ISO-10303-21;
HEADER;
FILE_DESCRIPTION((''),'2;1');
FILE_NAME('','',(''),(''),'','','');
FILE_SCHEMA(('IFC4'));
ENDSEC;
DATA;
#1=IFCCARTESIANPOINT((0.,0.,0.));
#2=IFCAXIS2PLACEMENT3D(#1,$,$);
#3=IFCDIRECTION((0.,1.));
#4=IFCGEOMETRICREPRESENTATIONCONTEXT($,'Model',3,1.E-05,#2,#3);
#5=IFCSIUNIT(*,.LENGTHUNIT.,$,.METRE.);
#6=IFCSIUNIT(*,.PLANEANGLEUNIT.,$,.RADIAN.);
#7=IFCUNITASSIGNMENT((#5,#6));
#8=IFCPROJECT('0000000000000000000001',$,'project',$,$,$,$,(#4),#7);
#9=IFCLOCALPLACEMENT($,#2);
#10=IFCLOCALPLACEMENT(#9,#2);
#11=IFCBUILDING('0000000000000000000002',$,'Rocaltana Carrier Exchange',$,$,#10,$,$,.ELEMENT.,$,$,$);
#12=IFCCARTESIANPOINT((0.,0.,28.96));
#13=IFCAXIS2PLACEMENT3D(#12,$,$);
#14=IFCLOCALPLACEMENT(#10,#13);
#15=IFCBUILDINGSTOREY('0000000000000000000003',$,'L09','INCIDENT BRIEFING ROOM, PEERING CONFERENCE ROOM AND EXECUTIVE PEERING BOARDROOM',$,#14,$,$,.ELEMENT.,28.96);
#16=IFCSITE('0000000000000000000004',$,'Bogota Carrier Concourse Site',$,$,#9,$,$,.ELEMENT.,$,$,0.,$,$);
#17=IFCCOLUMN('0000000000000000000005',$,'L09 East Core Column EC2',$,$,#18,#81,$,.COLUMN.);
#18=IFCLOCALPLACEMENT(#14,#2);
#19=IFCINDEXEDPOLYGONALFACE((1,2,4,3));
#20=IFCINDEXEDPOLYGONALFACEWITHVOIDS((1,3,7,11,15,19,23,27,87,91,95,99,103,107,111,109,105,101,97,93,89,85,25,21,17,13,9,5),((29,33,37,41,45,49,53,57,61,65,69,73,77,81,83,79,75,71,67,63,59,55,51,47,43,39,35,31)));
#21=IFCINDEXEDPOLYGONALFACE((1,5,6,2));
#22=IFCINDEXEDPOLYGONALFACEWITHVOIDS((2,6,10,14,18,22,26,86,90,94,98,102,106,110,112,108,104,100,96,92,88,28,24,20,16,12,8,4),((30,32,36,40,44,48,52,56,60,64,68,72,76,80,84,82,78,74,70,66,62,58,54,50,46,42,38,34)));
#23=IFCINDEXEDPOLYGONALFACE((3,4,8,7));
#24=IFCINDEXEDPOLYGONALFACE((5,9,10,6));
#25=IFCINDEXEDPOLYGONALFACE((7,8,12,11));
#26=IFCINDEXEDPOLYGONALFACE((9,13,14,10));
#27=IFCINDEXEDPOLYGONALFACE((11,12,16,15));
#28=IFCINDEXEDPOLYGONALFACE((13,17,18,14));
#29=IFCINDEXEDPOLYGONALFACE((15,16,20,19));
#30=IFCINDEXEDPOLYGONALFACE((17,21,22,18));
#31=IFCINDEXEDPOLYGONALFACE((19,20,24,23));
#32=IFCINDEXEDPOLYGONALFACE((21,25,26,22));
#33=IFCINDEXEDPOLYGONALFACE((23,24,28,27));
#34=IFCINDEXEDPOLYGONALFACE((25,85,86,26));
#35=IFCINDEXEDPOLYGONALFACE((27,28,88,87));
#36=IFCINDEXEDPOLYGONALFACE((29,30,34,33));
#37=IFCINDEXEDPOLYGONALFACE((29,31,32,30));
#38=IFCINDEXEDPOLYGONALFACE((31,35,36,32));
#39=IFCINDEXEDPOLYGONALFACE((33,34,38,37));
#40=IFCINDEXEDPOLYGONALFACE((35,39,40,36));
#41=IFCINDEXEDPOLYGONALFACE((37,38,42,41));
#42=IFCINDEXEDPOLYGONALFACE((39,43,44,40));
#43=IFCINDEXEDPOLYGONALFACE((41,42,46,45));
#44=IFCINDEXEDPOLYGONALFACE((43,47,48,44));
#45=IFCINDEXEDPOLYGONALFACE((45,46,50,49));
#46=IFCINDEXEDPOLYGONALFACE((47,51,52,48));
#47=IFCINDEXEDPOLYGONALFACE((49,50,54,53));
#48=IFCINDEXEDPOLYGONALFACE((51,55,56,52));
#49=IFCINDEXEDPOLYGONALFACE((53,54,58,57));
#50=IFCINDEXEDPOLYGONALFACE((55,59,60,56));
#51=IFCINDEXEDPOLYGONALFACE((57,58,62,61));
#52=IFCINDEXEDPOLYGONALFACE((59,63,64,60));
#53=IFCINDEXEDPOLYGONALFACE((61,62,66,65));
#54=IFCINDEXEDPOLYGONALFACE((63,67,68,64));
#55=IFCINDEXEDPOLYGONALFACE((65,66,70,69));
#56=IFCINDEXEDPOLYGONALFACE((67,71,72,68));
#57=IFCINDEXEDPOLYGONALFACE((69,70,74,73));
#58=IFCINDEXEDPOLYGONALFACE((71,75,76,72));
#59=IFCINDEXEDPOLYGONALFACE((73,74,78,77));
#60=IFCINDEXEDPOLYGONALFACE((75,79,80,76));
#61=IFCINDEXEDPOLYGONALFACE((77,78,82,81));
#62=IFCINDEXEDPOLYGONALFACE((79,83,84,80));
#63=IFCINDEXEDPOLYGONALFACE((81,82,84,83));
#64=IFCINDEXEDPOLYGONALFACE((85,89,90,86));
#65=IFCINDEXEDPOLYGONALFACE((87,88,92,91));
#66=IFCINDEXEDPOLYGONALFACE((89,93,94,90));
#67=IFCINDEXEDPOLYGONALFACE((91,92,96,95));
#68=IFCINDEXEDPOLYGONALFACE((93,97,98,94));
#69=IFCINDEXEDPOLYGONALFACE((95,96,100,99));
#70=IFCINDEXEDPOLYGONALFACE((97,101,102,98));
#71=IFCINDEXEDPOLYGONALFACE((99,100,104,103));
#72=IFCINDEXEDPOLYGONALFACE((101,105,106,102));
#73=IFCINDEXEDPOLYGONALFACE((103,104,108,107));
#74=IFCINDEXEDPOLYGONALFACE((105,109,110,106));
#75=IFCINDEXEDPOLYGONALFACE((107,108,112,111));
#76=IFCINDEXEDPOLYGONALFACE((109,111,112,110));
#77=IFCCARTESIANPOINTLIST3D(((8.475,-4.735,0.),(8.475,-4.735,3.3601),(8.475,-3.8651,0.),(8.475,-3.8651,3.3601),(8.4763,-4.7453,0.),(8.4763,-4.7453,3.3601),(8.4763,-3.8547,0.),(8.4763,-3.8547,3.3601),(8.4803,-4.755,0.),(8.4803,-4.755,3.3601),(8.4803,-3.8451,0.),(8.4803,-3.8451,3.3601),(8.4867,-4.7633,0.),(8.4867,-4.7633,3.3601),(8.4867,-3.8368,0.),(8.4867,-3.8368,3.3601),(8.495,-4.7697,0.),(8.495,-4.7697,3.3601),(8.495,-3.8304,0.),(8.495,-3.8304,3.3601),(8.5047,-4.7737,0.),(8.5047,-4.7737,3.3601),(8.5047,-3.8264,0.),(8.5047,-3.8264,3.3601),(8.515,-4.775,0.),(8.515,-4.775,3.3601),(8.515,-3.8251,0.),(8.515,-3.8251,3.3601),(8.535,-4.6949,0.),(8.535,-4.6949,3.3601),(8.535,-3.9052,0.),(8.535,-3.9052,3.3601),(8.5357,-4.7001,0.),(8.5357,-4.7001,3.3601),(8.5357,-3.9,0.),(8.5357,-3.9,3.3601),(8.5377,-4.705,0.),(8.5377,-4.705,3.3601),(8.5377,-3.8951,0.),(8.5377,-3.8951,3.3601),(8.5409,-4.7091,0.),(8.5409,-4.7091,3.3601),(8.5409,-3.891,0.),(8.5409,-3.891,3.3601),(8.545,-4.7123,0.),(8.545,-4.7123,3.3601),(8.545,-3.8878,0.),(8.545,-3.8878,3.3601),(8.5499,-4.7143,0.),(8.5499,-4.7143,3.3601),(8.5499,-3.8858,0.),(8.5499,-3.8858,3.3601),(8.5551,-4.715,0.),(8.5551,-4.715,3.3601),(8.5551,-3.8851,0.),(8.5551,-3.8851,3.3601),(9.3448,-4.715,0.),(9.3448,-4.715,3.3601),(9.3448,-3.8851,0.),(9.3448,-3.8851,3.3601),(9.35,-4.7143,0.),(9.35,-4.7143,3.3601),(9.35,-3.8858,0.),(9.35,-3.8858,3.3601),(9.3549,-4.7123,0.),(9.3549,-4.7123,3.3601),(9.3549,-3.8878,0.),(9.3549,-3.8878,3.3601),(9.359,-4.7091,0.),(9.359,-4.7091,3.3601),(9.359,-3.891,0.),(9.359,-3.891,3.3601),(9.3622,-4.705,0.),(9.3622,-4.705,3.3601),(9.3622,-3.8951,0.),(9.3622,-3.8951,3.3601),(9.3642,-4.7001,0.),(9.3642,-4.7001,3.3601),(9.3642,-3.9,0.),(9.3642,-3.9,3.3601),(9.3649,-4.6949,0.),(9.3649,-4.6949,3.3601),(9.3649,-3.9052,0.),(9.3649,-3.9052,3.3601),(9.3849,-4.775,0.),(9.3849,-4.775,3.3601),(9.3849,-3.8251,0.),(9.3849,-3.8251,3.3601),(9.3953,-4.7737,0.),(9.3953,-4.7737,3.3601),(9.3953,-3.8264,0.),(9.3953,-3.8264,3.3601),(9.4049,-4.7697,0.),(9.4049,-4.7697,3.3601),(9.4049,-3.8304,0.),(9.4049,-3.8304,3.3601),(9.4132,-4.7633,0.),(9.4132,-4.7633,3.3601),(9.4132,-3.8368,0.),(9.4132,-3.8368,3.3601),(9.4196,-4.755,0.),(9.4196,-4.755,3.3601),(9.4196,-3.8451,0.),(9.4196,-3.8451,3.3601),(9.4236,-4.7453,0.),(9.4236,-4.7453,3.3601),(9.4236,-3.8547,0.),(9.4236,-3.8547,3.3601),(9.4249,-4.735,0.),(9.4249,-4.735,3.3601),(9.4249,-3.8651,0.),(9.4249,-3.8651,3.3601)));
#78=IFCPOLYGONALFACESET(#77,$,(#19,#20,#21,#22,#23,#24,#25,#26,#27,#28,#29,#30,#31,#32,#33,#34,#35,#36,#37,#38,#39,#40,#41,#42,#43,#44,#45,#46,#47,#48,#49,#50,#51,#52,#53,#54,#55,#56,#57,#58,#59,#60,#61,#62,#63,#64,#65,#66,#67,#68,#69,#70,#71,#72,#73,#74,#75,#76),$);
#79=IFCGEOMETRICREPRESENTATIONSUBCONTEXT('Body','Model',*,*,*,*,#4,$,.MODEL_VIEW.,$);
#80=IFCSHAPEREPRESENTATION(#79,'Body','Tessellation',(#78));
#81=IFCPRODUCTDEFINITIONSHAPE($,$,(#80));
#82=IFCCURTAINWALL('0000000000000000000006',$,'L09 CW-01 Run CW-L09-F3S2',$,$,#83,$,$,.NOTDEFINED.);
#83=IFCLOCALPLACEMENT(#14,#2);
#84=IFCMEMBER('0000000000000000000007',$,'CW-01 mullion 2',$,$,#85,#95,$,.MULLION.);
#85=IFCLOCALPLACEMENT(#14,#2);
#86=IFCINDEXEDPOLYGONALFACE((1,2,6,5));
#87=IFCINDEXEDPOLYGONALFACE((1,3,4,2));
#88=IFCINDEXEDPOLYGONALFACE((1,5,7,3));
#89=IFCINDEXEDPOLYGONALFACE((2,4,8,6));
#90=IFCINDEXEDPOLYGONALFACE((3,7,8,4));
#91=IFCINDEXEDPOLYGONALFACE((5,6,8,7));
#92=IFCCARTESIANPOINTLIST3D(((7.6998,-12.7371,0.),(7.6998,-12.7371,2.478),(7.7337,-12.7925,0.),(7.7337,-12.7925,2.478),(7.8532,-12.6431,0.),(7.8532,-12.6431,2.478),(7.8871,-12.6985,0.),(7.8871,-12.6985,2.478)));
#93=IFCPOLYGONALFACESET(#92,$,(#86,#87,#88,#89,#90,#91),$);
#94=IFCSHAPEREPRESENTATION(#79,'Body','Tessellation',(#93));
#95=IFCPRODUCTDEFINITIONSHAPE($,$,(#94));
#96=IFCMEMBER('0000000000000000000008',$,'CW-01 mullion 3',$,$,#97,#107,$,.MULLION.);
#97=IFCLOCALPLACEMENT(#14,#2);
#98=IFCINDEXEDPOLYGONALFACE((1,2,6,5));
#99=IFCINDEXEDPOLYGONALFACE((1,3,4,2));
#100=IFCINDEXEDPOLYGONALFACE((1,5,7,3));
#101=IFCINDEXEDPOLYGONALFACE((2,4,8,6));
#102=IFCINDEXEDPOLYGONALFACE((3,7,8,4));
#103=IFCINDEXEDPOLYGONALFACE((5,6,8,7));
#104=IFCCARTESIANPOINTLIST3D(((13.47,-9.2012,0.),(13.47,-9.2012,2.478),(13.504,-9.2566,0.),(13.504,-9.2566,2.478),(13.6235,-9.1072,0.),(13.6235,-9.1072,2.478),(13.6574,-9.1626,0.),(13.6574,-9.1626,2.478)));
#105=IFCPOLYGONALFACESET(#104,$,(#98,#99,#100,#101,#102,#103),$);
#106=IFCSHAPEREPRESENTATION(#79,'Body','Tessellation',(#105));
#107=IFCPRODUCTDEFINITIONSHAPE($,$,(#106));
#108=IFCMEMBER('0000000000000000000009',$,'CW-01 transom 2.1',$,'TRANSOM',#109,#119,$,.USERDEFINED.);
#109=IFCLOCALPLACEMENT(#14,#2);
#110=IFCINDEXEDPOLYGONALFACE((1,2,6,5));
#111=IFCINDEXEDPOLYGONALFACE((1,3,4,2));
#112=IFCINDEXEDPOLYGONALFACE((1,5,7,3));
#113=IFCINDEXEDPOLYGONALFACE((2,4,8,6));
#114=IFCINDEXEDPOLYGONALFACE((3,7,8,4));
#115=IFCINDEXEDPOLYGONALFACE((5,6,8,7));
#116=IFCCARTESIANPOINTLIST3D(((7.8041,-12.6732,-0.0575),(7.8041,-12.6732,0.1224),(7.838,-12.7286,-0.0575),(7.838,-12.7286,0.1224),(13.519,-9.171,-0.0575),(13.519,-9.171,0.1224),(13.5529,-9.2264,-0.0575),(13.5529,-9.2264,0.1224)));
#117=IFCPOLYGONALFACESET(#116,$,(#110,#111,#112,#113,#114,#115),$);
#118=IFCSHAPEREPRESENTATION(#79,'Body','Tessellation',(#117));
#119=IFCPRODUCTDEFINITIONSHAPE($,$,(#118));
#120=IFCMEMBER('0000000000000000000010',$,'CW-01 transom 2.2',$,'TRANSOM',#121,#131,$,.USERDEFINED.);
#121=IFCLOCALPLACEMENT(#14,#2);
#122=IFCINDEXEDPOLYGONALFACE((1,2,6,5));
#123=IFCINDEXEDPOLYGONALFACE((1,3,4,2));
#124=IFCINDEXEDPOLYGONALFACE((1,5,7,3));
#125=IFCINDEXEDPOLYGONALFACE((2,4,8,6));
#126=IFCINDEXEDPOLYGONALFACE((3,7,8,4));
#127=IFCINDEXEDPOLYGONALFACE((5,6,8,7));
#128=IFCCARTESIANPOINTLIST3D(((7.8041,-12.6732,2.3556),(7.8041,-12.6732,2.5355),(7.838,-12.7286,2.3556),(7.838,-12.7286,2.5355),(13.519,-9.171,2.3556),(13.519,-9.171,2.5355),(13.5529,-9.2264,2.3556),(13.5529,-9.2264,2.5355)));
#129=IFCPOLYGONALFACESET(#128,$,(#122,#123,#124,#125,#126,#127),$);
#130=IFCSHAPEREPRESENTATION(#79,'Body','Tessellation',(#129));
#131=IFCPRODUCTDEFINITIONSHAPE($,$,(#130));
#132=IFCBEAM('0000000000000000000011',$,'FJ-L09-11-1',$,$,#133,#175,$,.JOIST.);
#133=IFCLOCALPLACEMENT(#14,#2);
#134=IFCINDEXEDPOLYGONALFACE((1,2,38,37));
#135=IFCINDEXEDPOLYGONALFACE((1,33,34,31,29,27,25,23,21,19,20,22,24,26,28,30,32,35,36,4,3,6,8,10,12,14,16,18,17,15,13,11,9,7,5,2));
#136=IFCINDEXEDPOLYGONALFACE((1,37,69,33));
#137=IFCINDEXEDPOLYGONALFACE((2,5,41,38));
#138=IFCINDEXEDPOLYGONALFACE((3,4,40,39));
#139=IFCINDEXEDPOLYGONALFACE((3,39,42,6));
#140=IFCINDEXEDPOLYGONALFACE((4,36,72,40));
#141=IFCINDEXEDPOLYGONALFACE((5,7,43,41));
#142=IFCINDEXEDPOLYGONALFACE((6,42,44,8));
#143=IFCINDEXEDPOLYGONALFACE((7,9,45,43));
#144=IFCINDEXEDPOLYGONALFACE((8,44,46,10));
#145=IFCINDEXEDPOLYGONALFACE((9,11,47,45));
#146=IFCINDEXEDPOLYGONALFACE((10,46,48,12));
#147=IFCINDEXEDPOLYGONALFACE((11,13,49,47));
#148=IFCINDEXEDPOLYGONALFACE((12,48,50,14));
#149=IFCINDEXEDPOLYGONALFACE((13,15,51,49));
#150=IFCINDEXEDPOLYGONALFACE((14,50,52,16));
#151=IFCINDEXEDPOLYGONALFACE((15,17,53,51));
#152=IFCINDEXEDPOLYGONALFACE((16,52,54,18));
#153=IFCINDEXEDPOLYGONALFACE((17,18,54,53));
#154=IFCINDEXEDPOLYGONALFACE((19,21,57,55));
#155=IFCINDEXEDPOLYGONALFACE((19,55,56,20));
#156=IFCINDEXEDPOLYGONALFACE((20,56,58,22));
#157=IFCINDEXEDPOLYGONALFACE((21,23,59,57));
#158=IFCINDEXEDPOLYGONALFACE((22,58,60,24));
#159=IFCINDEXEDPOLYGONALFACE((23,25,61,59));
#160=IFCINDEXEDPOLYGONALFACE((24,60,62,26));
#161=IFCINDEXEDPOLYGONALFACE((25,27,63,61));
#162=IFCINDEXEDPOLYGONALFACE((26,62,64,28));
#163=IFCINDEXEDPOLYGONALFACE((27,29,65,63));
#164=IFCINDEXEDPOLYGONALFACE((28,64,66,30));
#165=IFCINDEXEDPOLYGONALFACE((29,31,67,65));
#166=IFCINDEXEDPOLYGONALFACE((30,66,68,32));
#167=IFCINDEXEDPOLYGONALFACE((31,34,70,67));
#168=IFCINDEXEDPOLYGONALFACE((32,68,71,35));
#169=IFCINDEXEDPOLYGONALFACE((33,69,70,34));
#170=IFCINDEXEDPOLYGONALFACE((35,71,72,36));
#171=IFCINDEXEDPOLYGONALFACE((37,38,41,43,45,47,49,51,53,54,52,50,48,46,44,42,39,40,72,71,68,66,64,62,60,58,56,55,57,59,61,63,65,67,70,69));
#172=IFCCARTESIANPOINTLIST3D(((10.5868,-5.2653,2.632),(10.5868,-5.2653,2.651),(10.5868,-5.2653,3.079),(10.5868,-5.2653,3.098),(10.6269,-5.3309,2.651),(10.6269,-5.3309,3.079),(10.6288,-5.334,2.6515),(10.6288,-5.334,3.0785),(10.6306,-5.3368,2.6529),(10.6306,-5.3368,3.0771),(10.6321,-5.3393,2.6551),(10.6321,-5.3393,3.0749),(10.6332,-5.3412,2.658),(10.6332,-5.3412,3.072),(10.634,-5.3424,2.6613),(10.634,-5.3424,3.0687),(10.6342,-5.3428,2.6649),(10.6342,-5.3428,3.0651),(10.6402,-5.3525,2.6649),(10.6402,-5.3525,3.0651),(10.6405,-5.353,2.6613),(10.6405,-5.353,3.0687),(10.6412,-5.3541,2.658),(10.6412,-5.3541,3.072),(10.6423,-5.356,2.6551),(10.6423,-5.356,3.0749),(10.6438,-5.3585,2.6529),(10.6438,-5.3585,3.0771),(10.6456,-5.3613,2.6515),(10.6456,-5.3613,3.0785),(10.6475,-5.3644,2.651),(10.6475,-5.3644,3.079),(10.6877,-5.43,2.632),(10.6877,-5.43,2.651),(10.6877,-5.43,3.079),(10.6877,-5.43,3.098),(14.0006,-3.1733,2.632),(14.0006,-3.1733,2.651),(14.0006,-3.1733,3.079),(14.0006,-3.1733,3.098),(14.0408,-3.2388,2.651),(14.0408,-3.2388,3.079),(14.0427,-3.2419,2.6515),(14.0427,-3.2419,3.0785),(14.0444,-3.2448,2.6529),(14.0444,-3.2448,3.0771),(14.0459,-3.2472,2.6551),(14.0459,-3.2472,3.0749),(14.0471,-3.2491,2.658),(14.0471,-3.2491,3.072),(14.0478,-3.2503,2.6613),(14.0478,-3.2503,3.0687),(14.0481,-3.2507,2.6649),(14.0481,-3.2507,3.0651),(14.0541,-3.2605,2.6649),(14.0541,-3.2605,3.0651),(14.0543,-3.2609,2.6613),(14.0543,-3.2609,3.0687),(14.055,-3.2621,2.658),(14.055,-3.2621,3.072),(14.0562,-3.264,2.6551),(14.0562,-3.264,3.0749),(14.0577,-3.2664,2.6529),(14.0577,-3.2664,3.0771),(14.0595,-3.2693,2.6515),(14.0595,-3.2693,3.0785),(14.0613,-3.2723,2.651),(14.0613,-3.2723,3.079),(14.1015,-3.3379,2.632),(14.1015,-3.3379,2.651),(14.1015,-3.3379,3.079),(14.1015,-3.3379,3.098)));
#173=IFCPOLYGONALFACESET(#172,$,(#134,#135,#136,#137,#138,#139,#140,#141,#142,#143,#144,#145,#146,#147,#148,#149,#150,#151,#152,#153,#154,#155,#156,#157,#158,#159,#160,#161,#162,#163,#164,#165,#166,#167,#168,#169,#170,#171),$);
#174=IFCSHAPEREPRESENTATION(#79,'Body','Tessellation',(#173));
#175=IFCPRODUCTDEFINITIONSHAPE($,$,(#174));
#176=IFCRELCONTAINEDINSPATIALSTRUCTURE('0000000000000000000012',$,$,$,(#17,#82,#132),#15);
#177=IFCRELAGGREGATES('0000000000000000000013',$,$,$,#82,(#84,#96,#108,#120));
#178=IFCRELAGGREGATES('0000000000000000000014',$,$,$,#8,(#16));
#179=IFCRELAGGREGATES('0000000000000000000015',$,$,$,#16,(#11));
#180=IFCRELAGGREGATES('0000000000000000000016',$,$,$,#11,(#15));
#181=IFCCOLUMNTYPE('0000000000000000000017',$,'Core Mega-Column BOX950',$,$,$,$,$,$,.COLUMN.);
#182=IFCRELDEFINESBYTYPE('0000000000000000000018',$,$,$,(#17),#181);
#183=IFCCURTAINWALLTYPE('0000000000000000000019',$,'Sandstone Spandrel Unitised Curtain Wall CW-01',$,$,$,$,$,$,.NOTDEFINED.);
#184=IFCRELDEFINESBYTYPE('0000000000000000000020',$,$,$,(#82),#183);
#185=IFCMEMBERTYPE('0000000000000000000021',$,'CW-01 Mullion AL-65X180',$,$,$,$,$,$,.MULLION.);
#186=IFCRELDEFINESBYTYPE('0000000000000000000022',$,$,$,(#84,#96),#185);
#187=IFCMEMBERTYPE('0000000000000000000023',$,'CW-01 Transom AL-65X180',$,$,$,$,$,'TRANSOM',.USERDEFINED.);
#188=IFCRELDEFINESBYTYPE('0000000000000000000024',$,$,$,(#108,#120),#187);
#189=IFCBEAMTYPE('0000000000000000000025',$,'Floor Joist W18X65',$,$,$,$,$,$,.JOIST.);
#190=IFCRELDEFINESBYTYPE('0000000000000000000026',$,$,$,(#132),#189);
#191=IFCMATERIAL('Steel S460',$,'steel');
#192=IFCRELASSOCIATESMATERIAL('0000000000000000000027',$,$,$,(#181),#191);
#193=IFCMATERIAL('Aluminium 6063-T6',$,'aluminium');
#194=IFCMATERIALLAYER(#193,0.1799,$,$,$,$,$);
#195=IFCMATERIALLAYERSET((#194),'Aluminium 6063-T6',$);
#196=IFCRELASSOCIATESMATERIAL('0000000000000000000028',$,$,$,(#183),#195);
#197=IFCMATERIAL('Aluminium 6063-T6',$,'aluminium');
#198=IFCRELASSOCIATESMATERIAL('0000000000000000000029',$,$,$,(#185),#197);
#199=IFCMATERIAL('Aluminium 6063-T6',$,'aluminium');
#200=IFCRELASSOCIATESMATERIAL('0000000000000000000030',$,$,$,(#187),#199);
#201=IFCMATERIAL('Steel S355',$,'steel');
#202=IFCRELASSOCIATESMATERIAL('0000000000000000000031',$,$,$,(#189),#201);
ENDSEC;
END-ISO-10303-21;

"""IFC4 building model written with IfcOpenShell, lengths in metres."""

from ifc_helpers import new_model, si_unit, direction, frame, origin, origin_2d, place, context, subcontext, project, spatial, rectangle, hollow_rectangle, i_section, extrude, material, layer, layer_set, material_profile, profile_set, type_object, element, aggregate, save


model = new_model("IFC4")

# Units and contexts
model_context = context("Model", 3, precision=1e-05, world=origin(), true_north=direction((0.0, 1.0)))
body_context = subcontext(model_context, "Body", "Model", "MODEL_VIEW")
ifc_project = project(units=[si_unit("LENGTHUNIT", "METRE"), si_unit("PLANEANGLEUNIT", "RADIAN")], contexts=[model_context])

# Site, building, storey
site_placement = place(None, origin())
site = spatial("IfcSite", under=ifc_project, at=site_placement, Name="Bogota Carrier Concourse Site", CompositionType="ELEMENT", RefElevation=0.0)
building_placement = place(site_placement, origin())
building = spatial("IfcBuilding", under=site, at=building_placement, Name="Rocaltana Carrier Exchange", CompositionType="ELEMENT")
storey_placement = place(building_placement, frame((0.0, 0.0, 28.96)))
storey = spatial("IfcBuildingStorey", under=building, at=storey_placement, Name="L09", Description="INCIDENT BRIEFING ROOM, PEERING CONFERENCE ROOM AND EXECUTIVE PEERING BOARDROOM", CompositionType="ELEMENT", Elevation=28.96)

# Column
ifc_material_1 = material(Name="Steel S460", Category="steel")
ifc_material_profile_1 = material_profile(ifc_material_1, hollow_rectangle(XDim=0.95, YDim=0.95, WallThickness=0.0601, InnerFilletRadius=0.02, OuterFilletRadius=0.04, at=origin_2d()), Name="BOX950X950X60")
ifc_profile_set_1 = profile_set([ifc_material_profile_1], Name="Steel S460")
column_type = type_object("IfcColumnType", Name="Core Mega-Column BOX950", PredefinedType="COLUMN", material=ifc_profile_set_1)
column_placement = place(storey_placement, frame((8.95, -4.3, 0.0), z_axis=(0.0, 0.0, 1.0), x_axis=(1.0, 0.0, 0.0)))
element("IfcColumn", 1, at=column_placement, inside=storey, type_object=column_type, Name="L09 East Core Column EC2", PredefinedType="COLUMN", context=body_context, shape_type="SweptSolid", body=[
    extrude(hollow_rectangle(XDim=0.95, YDim=0.95, WallThickness=0.0601, InnerFilletRadius=0.02, OuterFilletRadius=0.04, at=origin_2d()), origin(), (0.0, 0.0, 1.0), 3.3601),
])

# Curtain wall, members
ifc_material_2 = material(Name="Aluminium 6063-T6", Category="aluminium")
ifc_layer_1 = layer(ifc_material_2, 0.1799)
ifc_layer_set_1 = layer_set([ifc_layer_1], Name="Aluminium 6063-T6")
curtain_wall_type = type_object("IfcCurtainWallType", Name="Sandstone Spandrel Unitised Curtain Wall CW-01", PredefinedType="NOTDEFINED", material=ifc_layer_set_1)
curtain_wall_placement = place(storey_placement, origin())
curtain_wall = element("IfcCurtainWall", 2, at=curtain_wall_placement, inside=storey, type_object=curtain_wall_type, Name="L09 CW-01 Run CW-L09-F3S2", PredefinedType="NOTDEFINED")
ifc_material_3 = material(Name="Aluminium 6063-T6", Category="aluminium")
ifc_material_profile_2 = material_profile(ifc_material_3, rectangle(XDim=0.0649, YDim=0.1799, at=origin_2d()), Name="AL-65X180")
ifc_profile_set_2 = profile_set([ifc_material_profile_2], Name="Aluminium 6063-T6")
member_type_1 = type_object("IfcMemberType", Name="CW-01 Mullion AL-65X180", PredefinedType="MULLION", material=ifc_profile_set_2)
member_1_placement = place(storey_placement, frame((7.7935, -12.7178, 0.0), z_axis=(0.0, 0.0, 1.0), x_axis=(-0.5225, 0.852639, 0.0)))
member_1 = element("IfcMember", 3, at=member_1_placement, type_object=member_type_1, Name="CW-01 mullion 2", PredefinedType="MULLION", context=body_context, shape_type="SweptSolid", body=[
    extrude(rectangle(XDim=0.0649, YDim=0.1799, at=origin_2d()), origin(), (0.0, 0.0, 1.0), 2.478),
])
member_2_placement = place(storey_placement, frame((13.5637, -9.1819, 0.0), z_axis=(0.0, 0.0, 1.0), x_axis=(-0.5225, 0.852639, 0.0)))
member_2 = element("IfcMember", 4, at=member_2_placement, type_object=member_type_1, Name="CW-01 mullion 3", PredefinedType="MULLION", context=body_context, shape_type="SweptSolid", body=[
    extrude(rectangle(XDim=0.0649, YDim=0.1799, at=origin_2d()), origin(), (0.0, 0.0, 1.0), 2.478),
])
ifc_material_4 = material(Name="Aluminium 6063-T6", Category="aluminium")
ifc_material_profile_3 = material_profile(ifc_material_4, rectangle(XDim=0.0649, YDim=0.1799, at=origin_2d()), Name="AL-65X180")
ifc_profile_set_3 = profile_set([ifc_material_profile_3], Name="Aluminium 6063-T6")
member_type_2 = type_object("IfcMemberType", Name="CW-01 Transom AL-65X180", ElementType="TRANSOM", PredefinedType="USERDEFINED", material=ifc_profile_set_3)
member_3_placement = place(storey_placement, frame((7.821, -12.7009, 0.0325), z_axis=(0.852631, 0.522513, 0.0), x_axis=(-0.522513, 0.852631, 0.0)))
member_3 = element("IfcMember", 5, at=member_3_placement, type_object=member_type_2, Name="CW-01 transom 2.1", ObjectType="TRANSOM", PredefinedType="USERDEFINED", context=body_context, shape_type="SweptSolid", body=[
    extrude(rectangle(XDim=0.0649, YDim=0.1799, at=origin_2d()), origin(), (0.0, 0.0, 1.0), 6.7026),
])
member_4_placement = place(storey_placement, frame((7.821, -12.7009, 2.4456), z_axis=(0.852631, 0.522513, 0.0), x_axis=(-0.522513, 0.852631, 0.0)))
member_4 = element("IfcMember", 6, at=member_4_placement, type_object=member_type_2, Name="CW-01 transom 2.2", ObjectType="TRANSOM", PredefinedType="USERDEFINED", context=body_context, shape_type="SweptSolid", body=[
    extrude(rectangle(XDim=0.0649, YDim=0.1799, at=origin_2d()), origin(), (0.0, 0.0, 1.0), 6.7026),
])

# Beam
ifc_material_5 = material(Name="Steel S355", Category="steel")
ifc_material_profile_4 = material_profile(ifc_material_5, i_section(OverallWidth=0.1931, OverallDepth=0.4661, WebThickness=0.0115, FlangeThickness=0.019, FilletRadius=0.0139, at=origin_2d()), Name="W18X65")
ifc_profile_set_4 = profile_set([ifc_material_profile_4], Name="Steel S355")
beam_type_1 = type_object("IfcBeamType", Name="Floor Joist W18X65", PredefinedType="JOIST", material=ifc_profile_set_4)
beam_1_placement = place(storey_placement, frame((10.6372, -5.3477, 2.865), z_axis=(0.852635, 0.522508, 0.0), x_axis=(-0.522508, 0.852635, 0.0)))
element("IfcBeam", 7, at=beam_1_placement, inside=storey, type_object=beam_type_1, Name="FJ-L09-11-1", PredefinedType="JOIST", context=body_context, shape_type="SweptSolid", body=[
    extrude(i_section(OverallWidth=0.1931, OverallDepth=0.4661, WebThickness=0.0115, FlangeThickness=0.019, FilletRadius=0.0139, at=origin_2d()), origin(), (0.0, 0.0, 1.0), 4.0039),
])

aggregate(curtain_wall, [member_1, member_2, member_3, member_4])

save(model, "model.ifc")
